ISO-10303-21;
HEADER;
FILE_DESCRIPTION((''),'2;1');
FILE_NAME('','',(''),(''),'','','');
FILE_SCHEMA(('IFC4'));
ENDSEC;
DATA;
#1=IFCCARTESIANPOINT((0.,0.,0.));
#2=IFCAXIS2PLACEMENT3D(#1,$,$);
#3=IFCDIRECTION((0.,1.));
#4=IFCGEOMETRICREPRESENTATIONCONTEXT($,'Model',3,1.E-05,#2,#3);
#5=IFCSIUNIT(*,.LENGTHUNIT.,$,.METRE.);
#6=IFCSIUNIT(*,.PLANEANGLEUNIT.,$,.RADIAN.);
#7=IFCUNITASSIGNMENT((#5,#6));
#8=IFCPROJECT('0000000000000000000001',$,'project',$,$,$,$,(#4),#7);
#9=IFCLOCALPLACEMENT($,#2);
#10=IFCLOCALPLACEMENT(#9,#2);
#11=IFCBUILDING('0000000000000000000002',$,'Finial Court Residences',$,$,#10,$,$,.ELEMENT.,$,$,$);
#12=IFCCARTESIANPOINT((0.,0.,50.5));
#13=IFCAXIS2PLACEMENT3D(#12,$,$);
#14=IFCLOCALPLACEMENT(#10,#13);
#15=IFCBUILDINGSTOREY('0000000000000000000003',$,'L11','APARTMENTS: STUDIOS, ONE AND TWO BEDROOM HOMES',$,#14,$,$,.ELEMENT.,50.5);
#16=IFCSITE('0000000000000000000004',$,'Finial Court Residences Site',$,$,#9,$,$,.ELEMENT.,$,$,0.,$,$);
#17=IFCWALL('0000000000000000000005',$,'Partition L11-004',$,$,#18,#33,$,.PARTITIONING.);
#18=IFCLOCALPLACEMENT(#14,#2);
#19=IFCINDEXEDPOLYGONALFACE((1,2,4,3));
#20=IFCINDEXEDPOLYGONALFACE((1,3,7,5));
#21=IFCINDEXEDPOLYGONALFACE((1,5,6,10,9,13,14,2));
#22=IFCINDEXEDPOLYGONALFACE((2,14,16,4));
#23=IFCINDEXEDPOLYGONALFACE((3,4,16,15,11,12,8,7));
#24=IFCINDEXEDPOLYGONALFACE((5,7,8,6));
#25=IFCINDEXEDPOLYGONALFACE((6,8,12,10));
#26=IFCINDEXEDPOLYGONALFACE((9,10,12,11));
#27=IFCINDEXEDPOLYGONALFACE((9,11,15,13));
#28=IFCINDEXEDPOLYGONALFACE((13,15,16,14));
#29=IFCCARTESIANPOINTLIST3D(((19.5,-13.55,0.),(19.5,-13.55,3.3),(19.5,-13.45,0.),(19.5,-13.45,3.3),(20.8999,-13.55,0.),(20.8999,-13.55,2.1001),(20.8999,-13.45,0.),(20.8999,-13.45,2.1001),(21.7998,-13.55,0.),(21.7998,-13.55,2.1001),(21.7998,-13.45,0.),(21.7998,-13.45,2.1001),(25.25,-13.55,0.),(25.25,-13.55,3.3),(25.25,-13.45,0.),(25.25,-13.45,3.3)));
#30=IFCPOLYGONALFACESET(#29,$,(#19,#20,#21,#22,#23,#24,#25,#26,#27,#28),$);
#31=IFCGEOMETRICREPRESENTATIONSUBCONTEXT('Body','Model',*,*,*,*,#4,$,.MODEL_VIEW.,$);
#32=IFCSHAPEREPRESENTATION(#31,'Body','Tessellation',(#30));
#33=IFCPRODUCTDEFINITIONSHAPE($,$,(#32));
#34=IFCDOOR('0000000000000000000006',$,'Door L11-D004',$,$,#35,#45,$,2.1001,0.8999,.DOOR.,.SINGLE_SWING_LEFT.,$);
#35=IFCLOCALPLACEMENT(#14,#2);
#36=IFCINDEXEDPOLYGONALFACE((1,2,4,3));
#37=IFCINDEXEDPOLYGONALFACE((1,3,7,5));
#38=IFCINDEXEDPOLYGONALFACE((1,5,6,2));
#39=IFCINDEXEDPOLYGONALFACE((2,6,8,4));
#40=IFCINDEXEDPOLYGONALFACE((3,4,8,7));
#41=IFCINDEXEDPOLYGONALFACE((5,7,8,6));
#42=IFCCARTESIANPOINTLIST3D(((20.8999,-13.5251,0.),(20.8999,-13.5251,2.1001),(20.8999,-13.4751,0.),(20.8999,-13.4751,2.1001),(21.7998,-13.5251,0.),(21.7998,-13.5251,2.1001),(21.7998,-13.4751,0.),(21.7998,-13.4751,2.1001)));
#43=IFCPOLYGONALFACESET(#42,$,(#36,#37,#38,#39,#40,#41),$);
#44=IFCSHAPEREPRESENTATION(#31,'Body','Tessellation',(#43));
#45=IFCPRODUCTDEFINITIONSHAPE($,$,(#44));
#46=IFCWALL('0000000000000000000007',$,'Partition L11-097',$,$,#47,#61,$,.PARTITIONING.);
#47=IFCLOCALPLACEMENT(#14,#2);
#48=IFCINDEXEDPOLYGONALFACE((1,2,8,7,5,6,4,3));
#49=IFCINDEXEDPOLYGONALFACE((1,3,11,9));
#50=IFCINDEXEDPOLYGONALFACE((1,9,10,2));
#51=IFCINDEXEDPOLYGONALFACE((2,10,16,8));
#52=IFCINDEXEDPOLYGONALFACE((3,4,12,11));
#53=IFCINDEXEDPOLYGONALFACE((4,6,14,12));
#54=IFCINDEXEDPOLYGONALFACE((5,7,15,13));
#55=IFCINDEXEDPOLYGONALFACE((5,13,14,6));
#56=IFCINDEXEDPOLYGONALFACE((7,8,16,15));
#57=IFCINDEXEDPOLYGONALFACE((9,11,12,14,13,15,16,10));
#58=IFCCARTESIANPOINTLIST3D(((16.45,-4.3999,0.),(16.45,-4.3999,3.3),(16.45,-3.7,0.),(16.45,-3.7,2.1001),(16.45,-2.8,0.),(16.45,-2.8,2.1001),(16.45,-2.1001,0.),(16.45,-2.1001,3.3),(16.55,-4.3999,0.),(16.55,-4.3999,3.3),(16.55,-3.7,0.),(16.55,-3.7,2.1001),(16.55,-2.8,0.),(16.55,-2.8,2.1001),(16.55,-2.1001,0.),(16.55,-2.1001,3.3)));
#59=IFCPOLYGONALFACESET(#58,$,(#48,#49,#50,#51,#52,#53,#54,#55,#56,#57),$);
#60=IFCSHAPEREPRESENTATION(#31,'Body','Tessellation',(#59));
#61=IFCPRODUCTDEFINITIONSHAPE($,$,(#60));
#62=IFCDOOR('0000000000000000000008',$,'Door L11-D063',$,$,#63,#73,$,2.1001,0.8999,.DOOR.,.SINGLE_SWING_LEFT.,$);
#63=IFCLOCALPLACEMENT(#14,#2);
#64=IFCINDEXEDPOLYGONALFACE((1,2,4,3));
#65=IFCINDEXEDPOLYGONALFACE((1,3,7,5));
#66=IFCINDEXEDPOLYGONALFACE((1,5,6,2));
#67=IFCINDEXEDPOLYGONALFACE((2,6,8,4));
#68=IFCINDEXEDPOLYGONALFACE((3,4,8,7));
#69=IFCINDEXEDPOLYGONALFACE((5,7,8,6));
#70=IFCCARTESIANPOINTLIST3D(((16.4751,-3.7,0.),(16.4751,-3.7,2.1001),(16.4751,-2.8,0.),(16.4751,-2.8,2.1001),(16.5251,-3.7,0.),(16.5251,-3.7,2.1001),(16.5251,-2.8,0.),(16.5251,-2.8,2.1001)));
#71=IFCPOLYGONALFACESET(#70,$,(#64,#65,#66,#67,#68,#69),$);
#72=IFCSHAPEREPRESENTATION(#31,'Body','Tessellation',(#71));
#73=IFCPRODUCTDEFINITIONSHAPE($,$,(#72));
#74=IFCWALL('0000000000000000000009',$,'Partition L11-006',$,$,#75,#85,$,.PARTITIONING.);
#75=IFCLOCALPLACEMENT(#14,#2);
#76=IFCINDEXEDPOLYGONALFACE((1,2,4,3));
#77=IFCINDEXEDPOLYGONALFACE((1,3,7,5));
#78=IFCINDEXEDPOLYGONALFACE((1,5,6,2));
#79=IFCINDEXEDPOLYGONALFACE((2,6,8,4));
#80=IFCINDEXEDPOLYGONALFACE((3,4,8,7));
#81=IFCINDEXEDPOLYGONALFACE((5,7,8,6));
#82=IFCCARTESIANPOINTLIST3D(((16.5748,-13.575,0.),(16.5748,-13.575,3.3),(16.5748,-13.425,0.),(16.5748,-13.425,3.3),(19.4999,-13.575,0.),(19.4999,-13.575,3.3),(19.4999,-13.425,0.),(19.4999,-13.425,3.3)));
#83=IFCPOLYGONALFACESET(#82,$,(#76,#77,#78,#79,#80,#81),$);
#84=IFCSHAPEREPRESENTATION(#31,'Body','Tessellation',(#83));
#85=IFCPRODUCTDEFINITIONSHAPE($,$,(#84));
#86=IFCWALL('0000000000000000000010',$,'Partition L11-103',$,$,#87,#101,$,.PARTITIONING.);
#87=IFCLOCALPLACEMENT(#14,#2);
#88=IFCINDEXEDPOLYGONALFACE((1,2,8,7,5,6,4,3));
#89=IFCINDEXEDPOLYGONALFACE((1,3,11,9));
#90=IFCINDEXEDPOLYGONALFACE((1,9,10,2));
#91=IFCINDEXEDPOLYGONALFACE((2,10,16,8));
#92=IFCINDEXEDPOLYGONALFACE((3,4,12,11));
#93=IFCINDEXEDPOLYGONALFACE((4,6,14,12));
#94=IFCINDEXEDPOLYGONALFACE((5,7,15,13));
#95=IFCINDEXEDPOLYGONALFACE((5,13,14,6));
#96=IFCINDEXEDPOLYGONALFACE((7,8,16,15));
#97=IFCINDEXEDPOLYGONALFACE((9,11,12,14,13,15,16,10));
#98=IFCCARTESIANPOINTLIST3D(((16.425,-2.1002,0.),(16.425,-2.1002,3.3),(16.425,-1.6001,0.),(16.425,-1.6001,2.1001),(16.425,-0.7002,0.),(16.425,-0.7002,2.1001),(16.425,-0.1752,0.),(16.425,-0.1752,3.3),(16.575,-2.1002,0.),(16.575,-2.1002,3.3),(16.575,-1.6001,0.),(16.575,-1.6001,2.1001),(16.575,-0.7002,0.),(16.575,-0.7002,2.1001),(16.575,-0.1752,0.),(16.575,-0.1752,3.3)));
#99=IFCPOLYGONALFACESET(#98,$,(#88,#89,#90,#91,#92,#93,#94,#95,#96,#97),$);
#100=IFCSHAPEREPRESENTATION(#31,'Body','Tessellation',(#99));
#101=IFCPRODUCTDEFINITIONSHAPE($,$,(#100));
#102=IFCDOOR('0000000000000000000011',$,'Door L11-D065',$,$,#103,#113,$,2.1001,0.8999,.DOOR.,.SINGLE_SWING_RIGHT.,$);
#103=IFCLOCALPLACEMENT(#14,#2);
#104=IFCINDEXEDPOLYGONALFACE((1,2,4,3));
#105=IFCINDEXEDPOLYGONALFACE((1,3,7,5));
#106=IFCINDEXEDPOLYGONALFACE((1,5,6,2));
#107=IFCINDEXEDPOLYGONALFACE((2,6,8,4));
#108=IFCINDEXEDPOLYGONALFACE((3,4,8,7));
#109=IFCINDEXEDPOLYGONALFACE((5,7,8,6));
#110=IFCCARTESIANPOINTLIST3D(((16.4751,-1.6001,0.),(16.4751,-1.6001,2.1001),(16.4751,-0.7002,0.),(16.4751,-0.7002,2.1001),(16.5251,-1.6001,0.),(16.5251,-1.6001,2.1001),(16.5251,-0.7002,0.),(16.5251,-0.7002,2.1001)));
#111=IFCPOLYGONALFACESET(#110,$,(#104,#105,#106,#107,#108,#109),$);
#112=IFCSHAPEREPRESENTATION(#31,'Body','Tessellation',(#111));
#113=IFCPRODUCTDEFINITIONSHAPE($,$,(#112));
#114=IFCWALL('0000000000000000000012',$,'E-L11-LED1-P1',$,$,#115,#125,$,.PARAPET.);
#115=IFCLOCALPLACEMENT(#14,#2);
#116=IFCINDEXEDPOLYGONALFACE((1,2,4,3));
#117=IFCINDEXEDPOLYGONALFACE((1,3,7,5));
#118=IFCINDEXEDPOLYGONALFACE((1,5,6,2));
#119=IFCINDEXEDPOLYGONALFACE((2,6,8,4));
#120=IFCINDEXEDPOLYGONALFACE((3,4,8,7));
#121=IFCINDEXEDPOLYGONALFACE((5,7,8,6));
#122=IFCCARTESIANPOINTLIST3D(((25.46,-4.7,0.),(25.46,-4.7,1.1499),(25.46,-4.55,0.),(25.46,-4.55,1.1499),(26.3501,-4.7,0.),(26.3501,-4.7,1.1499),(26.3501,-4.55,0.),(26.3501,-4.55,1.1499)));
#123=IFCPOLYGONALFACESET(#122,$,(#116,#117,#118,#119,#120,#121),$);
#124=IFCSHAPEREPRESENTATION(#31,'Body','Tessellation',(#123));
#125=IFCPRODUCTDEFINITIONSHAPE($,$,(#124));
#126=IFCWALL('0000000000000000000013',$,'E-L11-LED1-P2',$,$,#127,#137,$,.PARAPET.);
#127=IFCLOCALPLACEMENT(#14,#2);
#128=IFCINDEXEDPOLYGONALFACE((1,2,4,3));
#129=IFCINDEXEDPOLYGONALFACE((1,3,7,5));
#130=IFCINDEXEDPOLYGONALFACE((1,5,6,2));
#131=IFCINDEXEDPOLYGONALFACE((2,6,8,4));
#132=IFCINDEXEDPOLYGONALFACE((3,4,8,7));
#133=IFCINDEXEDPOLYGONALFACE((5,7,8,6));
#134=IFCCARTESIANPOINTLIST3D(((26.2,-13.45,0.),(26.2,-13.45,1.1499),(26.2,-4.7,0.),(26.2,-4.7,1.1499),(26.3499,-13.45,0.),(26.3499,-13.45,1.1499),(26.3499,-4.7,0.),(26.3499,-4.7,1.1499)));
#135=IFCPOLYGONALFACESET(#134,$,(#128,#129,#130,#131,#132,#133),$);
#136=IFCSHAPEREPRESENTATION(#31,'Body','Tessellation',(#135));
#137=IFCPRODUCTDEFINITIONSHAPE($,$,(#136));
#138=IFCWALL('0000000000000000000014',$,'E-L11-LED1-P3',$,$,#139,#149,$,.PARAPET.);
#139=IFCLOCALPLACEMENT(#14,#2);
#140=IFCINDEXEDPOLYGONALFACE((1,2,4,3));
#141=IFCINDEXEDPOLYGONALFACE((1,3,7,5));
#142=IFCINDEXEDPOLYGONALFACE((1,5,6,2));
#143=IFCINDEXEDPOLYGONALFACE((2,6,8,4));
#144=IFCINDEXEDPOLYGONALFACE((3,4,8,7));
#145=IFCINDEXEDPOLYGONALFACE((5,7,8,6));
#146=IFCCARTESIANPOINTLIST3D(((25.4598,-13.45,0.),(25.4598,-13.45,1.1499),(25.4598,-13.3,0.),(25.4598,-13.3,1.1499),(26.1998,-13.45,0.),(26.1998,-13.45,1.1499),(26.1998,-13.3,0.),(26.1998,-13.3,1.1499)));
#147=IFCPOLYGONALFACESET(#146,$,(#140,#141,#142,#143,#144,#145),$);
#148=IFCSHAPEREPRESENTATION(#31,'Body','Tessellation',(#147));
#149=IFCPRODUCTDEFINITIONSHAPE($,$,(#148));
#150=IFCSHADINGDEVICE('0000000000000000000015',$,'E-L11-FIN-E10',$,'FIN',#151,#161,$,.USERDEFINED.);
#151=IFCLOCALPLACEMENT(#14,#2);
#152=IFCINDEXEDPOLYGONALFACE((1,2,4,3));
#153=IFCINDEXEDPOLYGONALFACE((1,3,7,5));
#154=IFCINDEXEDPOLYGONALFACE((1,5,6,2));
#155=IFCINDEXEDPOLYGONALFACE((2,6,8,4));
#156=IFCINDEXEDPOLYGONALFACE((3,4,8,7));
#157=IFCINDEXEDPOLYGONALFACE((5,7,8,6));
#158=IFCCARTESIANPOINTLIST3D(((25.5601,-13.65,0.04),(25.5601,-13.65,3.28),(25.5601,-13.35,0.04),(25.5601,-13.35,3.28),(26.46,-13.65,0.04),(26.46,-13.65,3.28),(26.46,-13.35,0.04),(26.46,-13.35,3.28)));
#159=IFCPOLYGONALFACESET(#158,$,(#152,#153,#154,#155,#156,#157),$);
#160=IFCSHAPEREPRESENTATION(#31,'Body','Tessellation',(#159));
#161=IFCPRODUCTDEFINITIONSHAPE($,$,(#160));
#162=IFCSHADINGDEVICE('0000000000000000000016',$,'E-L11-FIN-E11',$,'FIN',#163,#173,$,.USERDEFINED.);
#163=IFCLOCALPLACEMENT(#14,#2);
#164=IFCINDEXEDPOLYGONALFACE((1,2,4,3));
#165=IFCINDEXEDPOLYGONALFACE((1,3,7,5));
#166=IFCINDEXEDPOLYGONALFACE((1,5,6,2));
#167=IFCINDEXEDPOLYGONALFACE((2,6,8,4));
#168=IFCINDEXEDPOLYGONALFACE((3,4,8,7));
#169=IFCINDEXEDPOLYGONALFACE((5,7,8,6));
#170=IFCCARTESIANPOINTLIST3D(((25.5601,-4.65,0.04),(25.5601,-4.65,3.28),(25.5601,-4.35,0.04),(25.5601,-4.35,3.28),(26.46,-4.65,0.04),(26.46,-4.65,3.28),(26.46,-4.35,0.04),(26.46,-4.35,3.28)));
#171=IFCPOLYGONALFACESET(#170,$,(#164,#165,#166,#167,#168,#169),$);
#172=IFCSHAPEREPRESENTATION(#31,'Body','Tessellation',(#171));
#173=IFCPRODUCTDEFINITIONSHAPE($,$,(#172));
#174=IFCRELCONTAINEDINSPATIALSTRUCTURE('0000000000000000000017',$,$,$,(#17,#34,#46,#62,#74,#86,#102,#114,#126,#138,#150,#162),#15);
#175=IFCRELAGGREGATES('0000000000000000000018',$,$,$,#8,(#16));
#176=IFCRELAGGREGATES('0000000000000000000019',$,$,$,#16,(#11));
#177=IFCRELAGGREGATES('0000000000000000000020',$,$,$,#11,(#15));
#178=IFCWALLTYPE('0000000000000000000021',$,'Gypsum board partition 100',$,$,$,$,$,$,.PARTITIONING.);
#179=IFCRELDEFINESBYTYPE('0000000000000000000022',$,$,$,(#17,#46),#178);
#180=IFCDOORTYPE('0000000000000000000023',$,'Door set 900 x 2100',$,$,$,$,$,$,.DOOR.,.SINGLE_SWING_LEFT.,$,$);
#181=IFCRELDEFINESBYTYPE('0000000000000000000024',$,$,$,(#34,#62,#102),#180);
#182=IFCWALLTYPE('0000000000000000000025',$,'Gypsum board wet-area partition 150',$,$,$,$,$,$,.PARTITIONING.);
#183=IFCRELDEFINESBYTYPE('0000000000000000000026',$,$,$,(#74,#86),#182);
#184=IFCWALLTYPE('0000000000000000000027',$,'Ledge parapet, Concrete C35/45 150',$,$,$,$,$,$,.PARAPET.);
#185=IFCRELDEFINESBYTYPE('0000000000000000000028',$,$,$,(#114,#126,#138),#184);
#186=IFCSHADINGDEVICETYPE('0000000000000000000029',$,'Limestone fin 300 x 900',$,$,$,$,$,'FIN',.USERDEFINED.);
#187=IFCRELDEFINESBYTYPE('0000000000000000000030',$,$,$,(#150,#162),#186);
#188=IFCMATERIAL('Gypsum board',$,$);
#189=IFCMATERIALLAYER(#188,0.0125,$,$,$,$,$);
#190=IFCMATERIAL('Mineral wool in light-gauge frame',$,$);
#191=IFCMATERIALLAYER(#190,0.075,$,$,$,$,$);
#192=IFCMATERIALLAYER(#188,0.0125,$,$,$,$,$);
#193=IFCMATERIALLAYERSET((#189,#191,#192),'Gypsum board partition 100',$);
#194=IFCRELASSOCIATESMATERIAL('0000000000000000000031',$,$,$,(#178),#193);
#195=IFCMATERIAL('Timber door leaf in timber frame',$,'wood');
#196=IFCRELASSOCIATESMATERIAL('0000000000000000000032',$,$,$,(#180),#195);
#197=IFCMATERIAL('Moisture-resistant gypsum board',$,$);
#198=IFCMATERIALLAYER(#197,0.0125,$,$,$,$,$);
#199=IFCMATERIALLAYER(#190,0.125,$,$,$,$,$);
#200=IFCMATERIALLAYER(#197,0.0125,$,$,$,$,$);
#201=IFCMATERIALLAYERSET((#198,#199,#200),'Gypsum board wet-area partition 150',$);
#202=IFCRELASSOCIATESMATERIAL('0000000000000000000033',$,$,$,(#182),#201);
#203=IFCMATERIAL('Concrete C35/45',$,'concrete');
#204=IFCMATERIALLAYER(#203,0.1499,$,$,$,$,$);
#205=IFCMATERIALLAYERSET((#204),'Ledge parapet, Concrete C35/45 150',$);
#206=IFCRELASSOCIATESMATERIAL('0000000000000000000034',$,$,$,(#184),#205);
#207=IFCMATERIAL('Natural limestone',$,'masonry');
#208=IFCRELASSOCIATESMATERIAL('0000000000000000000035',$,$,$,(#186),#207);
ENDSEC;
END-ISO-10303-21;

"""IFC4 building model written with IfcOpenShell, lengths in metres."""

from ifc_helpers import new_model, si_unit, direction, frame, frame_2d, origin, origin_2d, place, context, subcontext, project, spatial, rectangle, extrude, material, layer, layer_set, type_object, element, fill, save


model = new_model("IFC4")

# Units and contexts
model_context = context("Model", 3, precision=1e-05, world=origin(), true_north=direction((0.0, 1.0)))
body_context = subcontext(model_context, "Body", "Model", "MODEL_VIEW")
ifc_project = project(units=[si_unit("LENGTHUNIT", "METRE"), si_unit("PLANEANGLEUNIT", "RADIAN")], contexts=[model_context])

# Site, building, storey
site_placement = place(None, origin())
site = spatial("IfcSite", under=ifc_project, at=site_placement, Name="Finial Court Residences Site", CompositionType="ELEMENT", RefElevation=0.0)
building_placement = place(site_placement, origin())
building = spatial("IfcBuilding", under=site, at=building_placement, Name="Finial Court Residences", CompositionType="ELEMENT")
storey_placement = place(building_placement, frame((0.0, 0.0, 50.5)))
storey = spatial("IfcBuildingStorey", under=building, at=storey_placement, Name="L11", Description="APARTMENTS: STUDIOS, ONE AND TWO BEDROOM HOMES", CompositionType="ELEMENT", Elevation=50.5)

# Walls, openings, doors
ifc_material_1 = material(Name="Gypsum board")
ifc_layer_1 = layer(ifc_material_1, 0.0125)
ifc_material_2 = material(Name="Mineral wool in light-gauge frame")
ifc_layer_2 = layer(ifc_material_2, 0.075)
ifc_layer_3 = layer(ifc_material_1, 0.0125)
ifc_layer_set_1 = layer_set([ifc_layer_1, ifc_layer_2, ifc_layer_3], Name="Gypsum board partition 100")
wall_type_1 = type_object("IfcWallType", Name="Gypsum board partition 100", PredefinedType="PARTITIONING", material=ifc_layer_set_1)
wall_1_placement = place(storey_placement, frame((19.5, -13.5, 0.0), z_axis=(0.0, 0.0, 1.0), x_axis=(1.0, 0.0, 0.0)))
wall_1 = element("IfcWall", 1, at=wall_1_placement, inside=storey, type_object=wall_type_1, Name="Partition L11-004", PredefinedType="PARTITIONING", context=body_context, shape_type="SweptSolid", body=[
    extrude(rectangle(XDim=5.75, YDim=0.1001, at=frame_2d((2.875, 0.0))), origin(), (0.0, 0.0, 1.0), 3.3),
])
opening_1_placement = place(wall_1_placement, frame((1.3999, 0.0, 0.0)))
opening_1 = element("IfcOpeningElement", 2, at=opening_1_placement, cuts=wall_1, PredefinedType="OPENING", context=body_context, shape_type="SweptSolid", body=[
    extrude(rectangle(XDim=0.8999, YDim=2.1001, at=frame_2d((0.45, 1.05))), frame((0.0, 0.0601, 0.0), z_axis=(0.0, -1.0, 0.0), x_axis=(1.0, 0.0, 0.0)), (0.0, 0.0, 1.0), 0.1201),
])
ifc_material_3 = material(Name="Timber door leaf in timber frame", Category="wood")
door_type = type_object("IfcDoorType", Name="Door set 900 x 2100", OperationType="SINGLE_SWING_LEFT", PredefinedType="DOOR", material=ifc_material_3)
door_1_placement = place(opening_1_placement, origin())
door_1 = element("IfcDoor", 3, at=door_1_placement, inside=storey, type_object=door_type, Name="Door L11-D004", OperationType="SINGLE_SWING_LEFT", OverallHeight=2.1001, OverallWidth=0.8999, PredefinedType="DOOR", context=body_context, shape_type="SweptSolid", body=[
    extrude(rectangle(XDim=0.8999, YDim=2.1001, at=frame_2d((0.45, 1.05))), frame((0.0, 0.0249, 0.0), z_axis=(0.0, -1.0, 0.0), x_axis=(1.0, 0.0, 0.0)), (0.0, 0.0, 1.0), 0.05),
])
fill(opening_1, door_1)
wall_2_placement = place(storey_placement, frame((16.5, -4.3999, 0.0), z_axis=(0.0, 0.0, 1.0), x_axis=(0.0, 1.0, 0.0)))
wall_2 = element("IfcWall", 4, at=wall_2_placement, inside=storey, type_object=wall_type_1, Name="Partition L11-097", PredefinedType="PARTITIONING", context=body_context, shape_type="SweptSolid", body=[
    extrude(rectangle(XDim=2.2998, YDim=0.1001, at=frame_2d((1.1499, 0.0))), origin(), (0.0, 0.0, 1.0), 3.3),
])
opening_2_placement = place(wall_2_placement, frame((0.7, 0.0, 0.0)))
opening_2 = element("IfcOpeningElement", 5, at=opening_2_placement, cuts=wall_2, PredefinedType="OPENING", context=body_context, shape_type="SweptSolid", body=[
    extrude(rectangle(XDim=0.8999, YDim=2.1001, at=frame_2d((0.45, 1.05))), frame((0.0, 0.0601, 0.0), z_axis=(0.0, -1.0, 0.0), x_axis=(1.0, 0.0, 0.0)), (0.0, 0.0, 1.0), 0.1201),
])
door_2_placement = place(opening_2_placement, origin())
door_2 = element("IfcDoor", 6, at=door_2_placement, inside=storey, type_object=door_type, Name="Door L11-D063", OperationType="SINGLE_SWING_LEFT", OverallHeight=2.1001, OverallWidth=0.8999, PredefinedType="DOOR", context=body_context, shape_type="SweptSolid", body=[
    extrude(rectangle(XDim=0.8999, YDim=2.1001, at=frame_2d((0.45, 1.05))), frame((0.0, 0.0249, 0.0), z_axis=(0.0, -1.0, 0.0), x_axis=(1.0, 0.0, 0.0)), (0.0, 0.0, 1.0), 0.05),
])
fill(opening_2, door_2)

# Wall
ifc_material_4 = material(Name="Moisture-resistant gypsum board")
ifc_layer_4 = layer(ifc_material_4, 0.0125)
ifc_layer_5 = layer(ifc_material_2, 0.125)
ifc_layer_6 = layer(ifc_material_4, 0.0125)
ifc_layer_set_2 = layer_set([ifc_layer_4, ifc_layer_5, ifc_layer_6], Name="Gypsum board wet-area partition 150")
wall_type_2 = type_object("IfcWallType", Name="Gypsum board wet-area partition 150", PredefinedType="PARTITIONING", material=ifc_layer_set_2)
wall_3_placement = place(storey_placement, frame((16.575, -13.5, 0.0), z_axis=(0.0, 0.0, 1.0), x_axis=(1.0, 0.0, 0.0)))
element("IfcWall", 7, at=wall_3_placement, inside=storey, type_object=wall_type_2, Name="Partition L11-006", PredefinedType="PARTITIONING", context=body_context, shape_type="SweptSolid", body=[
    extrude(rectangle(XDim=2.925, YDim=0.1499, at=frame_2d((1.4624, 0.0))), origin(), (0.0, 0.0, 1.0), 3.3),
])

# Wall, opening, door
wall_4_placement = place(storey_placement, frame((16.5, -2.1001, 0.0), z_axis=(0.0, 0.0, 1.0), x_axis=(0.0, 1.0, 0.0)))
wall_4 = element("IfcWall", 8, at=wall_4_placement, inside=storey, type_object=wall_type_2, Name="Partition L11-103", PredefinedType="PARTITIONING", context=body_context, shape_type="SweptSolid", body=[
    extrude(rectangle(XDim=1.925, YDim=0.1499, at=frame_2d((0.9624, 0.0))), origin(), (0.0, 0.0, 1.0), 3.3),
])
opening_3_placement = place(wall_4_placement, frame((0.5, 0.0, 0.0)))
opening_3 = element("IfcOpeningElement", 9, at=opening_3_placement, cuts=wall_4, PredefinedType="OPENING", context=body_context, shape_type="SweptSolid", body=[
    extrude(rectangle(XDim=0.8999, YDim=2.1001, at=frame_2d((0.45, 1.05))), frame((0.0, 0.085, 0.0), z_axis=(0.0, -1.0, 0.0), x_axis=(1.0, 0.0, 0.0)), (0.0, 0.0, 1.0), 0.1699),
])
door_3_placement = place(opening_3_placement, origin())
door_3 = element("IfcDoor", 10, at=door_3_placement, inside=storey, type_object=door_type, Name="Door L11-D065", OperationType="SINGLE_SWING_RIGHT", OverallHeight=2.1001, OverallWidth=0.8999, PredefinedType="DOOR", context=body_context, shape_type="SweptSolid", body=[
    extrude(rectangle(XDim=0.8999, YDim=2.1001, at=frame_2d((0.45, 1.05))), frame((0.0, 0.0249, 0.0), z_axis=(0.0, -1.0, 0.0), x_axis=(1.0, 0.0, 0.0)), (0.0, 0.0, 1.0), 0.05),
])
fill(opening_3, door_3)

# Walls
ifc_material_5 = material(Name="Concrete C35/45", Category="concrete")
ifc_layer_7 = layer(ifc_material_5, 0.1499)
ifc_layer_set_3 = layer_set([ifc_layer_7], Name="Ledge parapet, Concrete C35/45 150")
wall_type_3 = type_object("IfcWallType", Name="Ledge parapet, Concrete C35/45 150", PredefinedType="PARAPET", material=ifc_layer_set_3)
wall_5_placement = place(storey_placement, frame((25.46, -4.625, 0.0), z_axis=(0.0, 0.0, 1.0), x_axis=(1.0, 0.0, 0.0)))
element("IfcWall", 11, at=wall_5_placement, inside=storey, type_object=wall_type_3, Name="E-L11-LED1-P1", PredefinedType="PARAPET", context=body_context, shape_type="SweptSolid", body=[
    extrude(rectangle(XDim=0.8901, YDim=0.1499, at=frame_2d((0.4451, 0.0))), origin(), (0.0, 0.0, 1.0), 1.1499),
])
wall_6_placement = place(storey_placement, frame((26.2749, -4.7, 0.0), z_axis=(0.0, 0.0, 1.0), x_axis=(0.0, -1.0, 0.0)))
element("IfcWall", 12, at=wall_6_placement, inside=storey, type_object=wall_type_3, Name="E-L11-LED1-P2", PredefinedType="PARAPET", context=body_context, shape_type="SweptSolid", body=[
    extrude(rectangle(XDim=8.75, YDim=0.1499, at=frame_2d((4.375, 0.0))), origin(), (0.0, 0.0, 1.0), 1.1499),
])
wall_7_placement = place(storey_placement, frame((26.2, -13.375, 0.0), z_axis=(0.0, 0.0, 1.0), x_axis=(-1.0, 0.0, 0.0)))
element("IfcWall", 13, at=wall_7_placement, inside=storey, type_object=wall_type_3, Name="E-L11-LED1-P3", PredefinedType="PARAPET", context=body_context, shape_type="SweptSolid", body=[
    extrude(rectangle(XDim=0.74, YDim=0.1499, at=frame_2d((0.3701, 0.0))), origin(), (0.0, 0.0, 1.0), 1.1499),
])

# Shading devices
ifc_material_6 = material(Name="Natural limestone", Category="masonry")
shading_device_type = type_object("IfcShadingDeviceType", Name="Limestone fin 300 x 900", ElementType="FIN", PredefinedType="USERDEFINED", material=ifc_material_6)
for number, where, z_axis, x_axis, name in (
    (14, (26.01, -13.5, 0.04), (0.0, 0.0, 1.0), (1.0, 0.0, 0.0), "E-L11-FIN-E10"),
    (15, (26.01, -4.5, 0.04), (0.0, 0.0, 1.0), (1.0, 0.0, 0.0), "E-L11-FIN-E11"),
):
    element("IfcShadingDevice", number, at=place(storey_placement, frame(where, z_axis=z_axis, x_axis=x_axis)), inside=storey, type_object=shading_device_type, Name=name, ObjectType="FIN", PredefinedType="USERDEFINED", context=body_context, shape_type="SweptSolid", body=[
        extrude(rectangle(XDim=0.8999, YDim=0.3, at=origin_2d()), origin(), (0.0, 0.0, 1.0), 3.24),
    ])

save(model, "model.ifc")
